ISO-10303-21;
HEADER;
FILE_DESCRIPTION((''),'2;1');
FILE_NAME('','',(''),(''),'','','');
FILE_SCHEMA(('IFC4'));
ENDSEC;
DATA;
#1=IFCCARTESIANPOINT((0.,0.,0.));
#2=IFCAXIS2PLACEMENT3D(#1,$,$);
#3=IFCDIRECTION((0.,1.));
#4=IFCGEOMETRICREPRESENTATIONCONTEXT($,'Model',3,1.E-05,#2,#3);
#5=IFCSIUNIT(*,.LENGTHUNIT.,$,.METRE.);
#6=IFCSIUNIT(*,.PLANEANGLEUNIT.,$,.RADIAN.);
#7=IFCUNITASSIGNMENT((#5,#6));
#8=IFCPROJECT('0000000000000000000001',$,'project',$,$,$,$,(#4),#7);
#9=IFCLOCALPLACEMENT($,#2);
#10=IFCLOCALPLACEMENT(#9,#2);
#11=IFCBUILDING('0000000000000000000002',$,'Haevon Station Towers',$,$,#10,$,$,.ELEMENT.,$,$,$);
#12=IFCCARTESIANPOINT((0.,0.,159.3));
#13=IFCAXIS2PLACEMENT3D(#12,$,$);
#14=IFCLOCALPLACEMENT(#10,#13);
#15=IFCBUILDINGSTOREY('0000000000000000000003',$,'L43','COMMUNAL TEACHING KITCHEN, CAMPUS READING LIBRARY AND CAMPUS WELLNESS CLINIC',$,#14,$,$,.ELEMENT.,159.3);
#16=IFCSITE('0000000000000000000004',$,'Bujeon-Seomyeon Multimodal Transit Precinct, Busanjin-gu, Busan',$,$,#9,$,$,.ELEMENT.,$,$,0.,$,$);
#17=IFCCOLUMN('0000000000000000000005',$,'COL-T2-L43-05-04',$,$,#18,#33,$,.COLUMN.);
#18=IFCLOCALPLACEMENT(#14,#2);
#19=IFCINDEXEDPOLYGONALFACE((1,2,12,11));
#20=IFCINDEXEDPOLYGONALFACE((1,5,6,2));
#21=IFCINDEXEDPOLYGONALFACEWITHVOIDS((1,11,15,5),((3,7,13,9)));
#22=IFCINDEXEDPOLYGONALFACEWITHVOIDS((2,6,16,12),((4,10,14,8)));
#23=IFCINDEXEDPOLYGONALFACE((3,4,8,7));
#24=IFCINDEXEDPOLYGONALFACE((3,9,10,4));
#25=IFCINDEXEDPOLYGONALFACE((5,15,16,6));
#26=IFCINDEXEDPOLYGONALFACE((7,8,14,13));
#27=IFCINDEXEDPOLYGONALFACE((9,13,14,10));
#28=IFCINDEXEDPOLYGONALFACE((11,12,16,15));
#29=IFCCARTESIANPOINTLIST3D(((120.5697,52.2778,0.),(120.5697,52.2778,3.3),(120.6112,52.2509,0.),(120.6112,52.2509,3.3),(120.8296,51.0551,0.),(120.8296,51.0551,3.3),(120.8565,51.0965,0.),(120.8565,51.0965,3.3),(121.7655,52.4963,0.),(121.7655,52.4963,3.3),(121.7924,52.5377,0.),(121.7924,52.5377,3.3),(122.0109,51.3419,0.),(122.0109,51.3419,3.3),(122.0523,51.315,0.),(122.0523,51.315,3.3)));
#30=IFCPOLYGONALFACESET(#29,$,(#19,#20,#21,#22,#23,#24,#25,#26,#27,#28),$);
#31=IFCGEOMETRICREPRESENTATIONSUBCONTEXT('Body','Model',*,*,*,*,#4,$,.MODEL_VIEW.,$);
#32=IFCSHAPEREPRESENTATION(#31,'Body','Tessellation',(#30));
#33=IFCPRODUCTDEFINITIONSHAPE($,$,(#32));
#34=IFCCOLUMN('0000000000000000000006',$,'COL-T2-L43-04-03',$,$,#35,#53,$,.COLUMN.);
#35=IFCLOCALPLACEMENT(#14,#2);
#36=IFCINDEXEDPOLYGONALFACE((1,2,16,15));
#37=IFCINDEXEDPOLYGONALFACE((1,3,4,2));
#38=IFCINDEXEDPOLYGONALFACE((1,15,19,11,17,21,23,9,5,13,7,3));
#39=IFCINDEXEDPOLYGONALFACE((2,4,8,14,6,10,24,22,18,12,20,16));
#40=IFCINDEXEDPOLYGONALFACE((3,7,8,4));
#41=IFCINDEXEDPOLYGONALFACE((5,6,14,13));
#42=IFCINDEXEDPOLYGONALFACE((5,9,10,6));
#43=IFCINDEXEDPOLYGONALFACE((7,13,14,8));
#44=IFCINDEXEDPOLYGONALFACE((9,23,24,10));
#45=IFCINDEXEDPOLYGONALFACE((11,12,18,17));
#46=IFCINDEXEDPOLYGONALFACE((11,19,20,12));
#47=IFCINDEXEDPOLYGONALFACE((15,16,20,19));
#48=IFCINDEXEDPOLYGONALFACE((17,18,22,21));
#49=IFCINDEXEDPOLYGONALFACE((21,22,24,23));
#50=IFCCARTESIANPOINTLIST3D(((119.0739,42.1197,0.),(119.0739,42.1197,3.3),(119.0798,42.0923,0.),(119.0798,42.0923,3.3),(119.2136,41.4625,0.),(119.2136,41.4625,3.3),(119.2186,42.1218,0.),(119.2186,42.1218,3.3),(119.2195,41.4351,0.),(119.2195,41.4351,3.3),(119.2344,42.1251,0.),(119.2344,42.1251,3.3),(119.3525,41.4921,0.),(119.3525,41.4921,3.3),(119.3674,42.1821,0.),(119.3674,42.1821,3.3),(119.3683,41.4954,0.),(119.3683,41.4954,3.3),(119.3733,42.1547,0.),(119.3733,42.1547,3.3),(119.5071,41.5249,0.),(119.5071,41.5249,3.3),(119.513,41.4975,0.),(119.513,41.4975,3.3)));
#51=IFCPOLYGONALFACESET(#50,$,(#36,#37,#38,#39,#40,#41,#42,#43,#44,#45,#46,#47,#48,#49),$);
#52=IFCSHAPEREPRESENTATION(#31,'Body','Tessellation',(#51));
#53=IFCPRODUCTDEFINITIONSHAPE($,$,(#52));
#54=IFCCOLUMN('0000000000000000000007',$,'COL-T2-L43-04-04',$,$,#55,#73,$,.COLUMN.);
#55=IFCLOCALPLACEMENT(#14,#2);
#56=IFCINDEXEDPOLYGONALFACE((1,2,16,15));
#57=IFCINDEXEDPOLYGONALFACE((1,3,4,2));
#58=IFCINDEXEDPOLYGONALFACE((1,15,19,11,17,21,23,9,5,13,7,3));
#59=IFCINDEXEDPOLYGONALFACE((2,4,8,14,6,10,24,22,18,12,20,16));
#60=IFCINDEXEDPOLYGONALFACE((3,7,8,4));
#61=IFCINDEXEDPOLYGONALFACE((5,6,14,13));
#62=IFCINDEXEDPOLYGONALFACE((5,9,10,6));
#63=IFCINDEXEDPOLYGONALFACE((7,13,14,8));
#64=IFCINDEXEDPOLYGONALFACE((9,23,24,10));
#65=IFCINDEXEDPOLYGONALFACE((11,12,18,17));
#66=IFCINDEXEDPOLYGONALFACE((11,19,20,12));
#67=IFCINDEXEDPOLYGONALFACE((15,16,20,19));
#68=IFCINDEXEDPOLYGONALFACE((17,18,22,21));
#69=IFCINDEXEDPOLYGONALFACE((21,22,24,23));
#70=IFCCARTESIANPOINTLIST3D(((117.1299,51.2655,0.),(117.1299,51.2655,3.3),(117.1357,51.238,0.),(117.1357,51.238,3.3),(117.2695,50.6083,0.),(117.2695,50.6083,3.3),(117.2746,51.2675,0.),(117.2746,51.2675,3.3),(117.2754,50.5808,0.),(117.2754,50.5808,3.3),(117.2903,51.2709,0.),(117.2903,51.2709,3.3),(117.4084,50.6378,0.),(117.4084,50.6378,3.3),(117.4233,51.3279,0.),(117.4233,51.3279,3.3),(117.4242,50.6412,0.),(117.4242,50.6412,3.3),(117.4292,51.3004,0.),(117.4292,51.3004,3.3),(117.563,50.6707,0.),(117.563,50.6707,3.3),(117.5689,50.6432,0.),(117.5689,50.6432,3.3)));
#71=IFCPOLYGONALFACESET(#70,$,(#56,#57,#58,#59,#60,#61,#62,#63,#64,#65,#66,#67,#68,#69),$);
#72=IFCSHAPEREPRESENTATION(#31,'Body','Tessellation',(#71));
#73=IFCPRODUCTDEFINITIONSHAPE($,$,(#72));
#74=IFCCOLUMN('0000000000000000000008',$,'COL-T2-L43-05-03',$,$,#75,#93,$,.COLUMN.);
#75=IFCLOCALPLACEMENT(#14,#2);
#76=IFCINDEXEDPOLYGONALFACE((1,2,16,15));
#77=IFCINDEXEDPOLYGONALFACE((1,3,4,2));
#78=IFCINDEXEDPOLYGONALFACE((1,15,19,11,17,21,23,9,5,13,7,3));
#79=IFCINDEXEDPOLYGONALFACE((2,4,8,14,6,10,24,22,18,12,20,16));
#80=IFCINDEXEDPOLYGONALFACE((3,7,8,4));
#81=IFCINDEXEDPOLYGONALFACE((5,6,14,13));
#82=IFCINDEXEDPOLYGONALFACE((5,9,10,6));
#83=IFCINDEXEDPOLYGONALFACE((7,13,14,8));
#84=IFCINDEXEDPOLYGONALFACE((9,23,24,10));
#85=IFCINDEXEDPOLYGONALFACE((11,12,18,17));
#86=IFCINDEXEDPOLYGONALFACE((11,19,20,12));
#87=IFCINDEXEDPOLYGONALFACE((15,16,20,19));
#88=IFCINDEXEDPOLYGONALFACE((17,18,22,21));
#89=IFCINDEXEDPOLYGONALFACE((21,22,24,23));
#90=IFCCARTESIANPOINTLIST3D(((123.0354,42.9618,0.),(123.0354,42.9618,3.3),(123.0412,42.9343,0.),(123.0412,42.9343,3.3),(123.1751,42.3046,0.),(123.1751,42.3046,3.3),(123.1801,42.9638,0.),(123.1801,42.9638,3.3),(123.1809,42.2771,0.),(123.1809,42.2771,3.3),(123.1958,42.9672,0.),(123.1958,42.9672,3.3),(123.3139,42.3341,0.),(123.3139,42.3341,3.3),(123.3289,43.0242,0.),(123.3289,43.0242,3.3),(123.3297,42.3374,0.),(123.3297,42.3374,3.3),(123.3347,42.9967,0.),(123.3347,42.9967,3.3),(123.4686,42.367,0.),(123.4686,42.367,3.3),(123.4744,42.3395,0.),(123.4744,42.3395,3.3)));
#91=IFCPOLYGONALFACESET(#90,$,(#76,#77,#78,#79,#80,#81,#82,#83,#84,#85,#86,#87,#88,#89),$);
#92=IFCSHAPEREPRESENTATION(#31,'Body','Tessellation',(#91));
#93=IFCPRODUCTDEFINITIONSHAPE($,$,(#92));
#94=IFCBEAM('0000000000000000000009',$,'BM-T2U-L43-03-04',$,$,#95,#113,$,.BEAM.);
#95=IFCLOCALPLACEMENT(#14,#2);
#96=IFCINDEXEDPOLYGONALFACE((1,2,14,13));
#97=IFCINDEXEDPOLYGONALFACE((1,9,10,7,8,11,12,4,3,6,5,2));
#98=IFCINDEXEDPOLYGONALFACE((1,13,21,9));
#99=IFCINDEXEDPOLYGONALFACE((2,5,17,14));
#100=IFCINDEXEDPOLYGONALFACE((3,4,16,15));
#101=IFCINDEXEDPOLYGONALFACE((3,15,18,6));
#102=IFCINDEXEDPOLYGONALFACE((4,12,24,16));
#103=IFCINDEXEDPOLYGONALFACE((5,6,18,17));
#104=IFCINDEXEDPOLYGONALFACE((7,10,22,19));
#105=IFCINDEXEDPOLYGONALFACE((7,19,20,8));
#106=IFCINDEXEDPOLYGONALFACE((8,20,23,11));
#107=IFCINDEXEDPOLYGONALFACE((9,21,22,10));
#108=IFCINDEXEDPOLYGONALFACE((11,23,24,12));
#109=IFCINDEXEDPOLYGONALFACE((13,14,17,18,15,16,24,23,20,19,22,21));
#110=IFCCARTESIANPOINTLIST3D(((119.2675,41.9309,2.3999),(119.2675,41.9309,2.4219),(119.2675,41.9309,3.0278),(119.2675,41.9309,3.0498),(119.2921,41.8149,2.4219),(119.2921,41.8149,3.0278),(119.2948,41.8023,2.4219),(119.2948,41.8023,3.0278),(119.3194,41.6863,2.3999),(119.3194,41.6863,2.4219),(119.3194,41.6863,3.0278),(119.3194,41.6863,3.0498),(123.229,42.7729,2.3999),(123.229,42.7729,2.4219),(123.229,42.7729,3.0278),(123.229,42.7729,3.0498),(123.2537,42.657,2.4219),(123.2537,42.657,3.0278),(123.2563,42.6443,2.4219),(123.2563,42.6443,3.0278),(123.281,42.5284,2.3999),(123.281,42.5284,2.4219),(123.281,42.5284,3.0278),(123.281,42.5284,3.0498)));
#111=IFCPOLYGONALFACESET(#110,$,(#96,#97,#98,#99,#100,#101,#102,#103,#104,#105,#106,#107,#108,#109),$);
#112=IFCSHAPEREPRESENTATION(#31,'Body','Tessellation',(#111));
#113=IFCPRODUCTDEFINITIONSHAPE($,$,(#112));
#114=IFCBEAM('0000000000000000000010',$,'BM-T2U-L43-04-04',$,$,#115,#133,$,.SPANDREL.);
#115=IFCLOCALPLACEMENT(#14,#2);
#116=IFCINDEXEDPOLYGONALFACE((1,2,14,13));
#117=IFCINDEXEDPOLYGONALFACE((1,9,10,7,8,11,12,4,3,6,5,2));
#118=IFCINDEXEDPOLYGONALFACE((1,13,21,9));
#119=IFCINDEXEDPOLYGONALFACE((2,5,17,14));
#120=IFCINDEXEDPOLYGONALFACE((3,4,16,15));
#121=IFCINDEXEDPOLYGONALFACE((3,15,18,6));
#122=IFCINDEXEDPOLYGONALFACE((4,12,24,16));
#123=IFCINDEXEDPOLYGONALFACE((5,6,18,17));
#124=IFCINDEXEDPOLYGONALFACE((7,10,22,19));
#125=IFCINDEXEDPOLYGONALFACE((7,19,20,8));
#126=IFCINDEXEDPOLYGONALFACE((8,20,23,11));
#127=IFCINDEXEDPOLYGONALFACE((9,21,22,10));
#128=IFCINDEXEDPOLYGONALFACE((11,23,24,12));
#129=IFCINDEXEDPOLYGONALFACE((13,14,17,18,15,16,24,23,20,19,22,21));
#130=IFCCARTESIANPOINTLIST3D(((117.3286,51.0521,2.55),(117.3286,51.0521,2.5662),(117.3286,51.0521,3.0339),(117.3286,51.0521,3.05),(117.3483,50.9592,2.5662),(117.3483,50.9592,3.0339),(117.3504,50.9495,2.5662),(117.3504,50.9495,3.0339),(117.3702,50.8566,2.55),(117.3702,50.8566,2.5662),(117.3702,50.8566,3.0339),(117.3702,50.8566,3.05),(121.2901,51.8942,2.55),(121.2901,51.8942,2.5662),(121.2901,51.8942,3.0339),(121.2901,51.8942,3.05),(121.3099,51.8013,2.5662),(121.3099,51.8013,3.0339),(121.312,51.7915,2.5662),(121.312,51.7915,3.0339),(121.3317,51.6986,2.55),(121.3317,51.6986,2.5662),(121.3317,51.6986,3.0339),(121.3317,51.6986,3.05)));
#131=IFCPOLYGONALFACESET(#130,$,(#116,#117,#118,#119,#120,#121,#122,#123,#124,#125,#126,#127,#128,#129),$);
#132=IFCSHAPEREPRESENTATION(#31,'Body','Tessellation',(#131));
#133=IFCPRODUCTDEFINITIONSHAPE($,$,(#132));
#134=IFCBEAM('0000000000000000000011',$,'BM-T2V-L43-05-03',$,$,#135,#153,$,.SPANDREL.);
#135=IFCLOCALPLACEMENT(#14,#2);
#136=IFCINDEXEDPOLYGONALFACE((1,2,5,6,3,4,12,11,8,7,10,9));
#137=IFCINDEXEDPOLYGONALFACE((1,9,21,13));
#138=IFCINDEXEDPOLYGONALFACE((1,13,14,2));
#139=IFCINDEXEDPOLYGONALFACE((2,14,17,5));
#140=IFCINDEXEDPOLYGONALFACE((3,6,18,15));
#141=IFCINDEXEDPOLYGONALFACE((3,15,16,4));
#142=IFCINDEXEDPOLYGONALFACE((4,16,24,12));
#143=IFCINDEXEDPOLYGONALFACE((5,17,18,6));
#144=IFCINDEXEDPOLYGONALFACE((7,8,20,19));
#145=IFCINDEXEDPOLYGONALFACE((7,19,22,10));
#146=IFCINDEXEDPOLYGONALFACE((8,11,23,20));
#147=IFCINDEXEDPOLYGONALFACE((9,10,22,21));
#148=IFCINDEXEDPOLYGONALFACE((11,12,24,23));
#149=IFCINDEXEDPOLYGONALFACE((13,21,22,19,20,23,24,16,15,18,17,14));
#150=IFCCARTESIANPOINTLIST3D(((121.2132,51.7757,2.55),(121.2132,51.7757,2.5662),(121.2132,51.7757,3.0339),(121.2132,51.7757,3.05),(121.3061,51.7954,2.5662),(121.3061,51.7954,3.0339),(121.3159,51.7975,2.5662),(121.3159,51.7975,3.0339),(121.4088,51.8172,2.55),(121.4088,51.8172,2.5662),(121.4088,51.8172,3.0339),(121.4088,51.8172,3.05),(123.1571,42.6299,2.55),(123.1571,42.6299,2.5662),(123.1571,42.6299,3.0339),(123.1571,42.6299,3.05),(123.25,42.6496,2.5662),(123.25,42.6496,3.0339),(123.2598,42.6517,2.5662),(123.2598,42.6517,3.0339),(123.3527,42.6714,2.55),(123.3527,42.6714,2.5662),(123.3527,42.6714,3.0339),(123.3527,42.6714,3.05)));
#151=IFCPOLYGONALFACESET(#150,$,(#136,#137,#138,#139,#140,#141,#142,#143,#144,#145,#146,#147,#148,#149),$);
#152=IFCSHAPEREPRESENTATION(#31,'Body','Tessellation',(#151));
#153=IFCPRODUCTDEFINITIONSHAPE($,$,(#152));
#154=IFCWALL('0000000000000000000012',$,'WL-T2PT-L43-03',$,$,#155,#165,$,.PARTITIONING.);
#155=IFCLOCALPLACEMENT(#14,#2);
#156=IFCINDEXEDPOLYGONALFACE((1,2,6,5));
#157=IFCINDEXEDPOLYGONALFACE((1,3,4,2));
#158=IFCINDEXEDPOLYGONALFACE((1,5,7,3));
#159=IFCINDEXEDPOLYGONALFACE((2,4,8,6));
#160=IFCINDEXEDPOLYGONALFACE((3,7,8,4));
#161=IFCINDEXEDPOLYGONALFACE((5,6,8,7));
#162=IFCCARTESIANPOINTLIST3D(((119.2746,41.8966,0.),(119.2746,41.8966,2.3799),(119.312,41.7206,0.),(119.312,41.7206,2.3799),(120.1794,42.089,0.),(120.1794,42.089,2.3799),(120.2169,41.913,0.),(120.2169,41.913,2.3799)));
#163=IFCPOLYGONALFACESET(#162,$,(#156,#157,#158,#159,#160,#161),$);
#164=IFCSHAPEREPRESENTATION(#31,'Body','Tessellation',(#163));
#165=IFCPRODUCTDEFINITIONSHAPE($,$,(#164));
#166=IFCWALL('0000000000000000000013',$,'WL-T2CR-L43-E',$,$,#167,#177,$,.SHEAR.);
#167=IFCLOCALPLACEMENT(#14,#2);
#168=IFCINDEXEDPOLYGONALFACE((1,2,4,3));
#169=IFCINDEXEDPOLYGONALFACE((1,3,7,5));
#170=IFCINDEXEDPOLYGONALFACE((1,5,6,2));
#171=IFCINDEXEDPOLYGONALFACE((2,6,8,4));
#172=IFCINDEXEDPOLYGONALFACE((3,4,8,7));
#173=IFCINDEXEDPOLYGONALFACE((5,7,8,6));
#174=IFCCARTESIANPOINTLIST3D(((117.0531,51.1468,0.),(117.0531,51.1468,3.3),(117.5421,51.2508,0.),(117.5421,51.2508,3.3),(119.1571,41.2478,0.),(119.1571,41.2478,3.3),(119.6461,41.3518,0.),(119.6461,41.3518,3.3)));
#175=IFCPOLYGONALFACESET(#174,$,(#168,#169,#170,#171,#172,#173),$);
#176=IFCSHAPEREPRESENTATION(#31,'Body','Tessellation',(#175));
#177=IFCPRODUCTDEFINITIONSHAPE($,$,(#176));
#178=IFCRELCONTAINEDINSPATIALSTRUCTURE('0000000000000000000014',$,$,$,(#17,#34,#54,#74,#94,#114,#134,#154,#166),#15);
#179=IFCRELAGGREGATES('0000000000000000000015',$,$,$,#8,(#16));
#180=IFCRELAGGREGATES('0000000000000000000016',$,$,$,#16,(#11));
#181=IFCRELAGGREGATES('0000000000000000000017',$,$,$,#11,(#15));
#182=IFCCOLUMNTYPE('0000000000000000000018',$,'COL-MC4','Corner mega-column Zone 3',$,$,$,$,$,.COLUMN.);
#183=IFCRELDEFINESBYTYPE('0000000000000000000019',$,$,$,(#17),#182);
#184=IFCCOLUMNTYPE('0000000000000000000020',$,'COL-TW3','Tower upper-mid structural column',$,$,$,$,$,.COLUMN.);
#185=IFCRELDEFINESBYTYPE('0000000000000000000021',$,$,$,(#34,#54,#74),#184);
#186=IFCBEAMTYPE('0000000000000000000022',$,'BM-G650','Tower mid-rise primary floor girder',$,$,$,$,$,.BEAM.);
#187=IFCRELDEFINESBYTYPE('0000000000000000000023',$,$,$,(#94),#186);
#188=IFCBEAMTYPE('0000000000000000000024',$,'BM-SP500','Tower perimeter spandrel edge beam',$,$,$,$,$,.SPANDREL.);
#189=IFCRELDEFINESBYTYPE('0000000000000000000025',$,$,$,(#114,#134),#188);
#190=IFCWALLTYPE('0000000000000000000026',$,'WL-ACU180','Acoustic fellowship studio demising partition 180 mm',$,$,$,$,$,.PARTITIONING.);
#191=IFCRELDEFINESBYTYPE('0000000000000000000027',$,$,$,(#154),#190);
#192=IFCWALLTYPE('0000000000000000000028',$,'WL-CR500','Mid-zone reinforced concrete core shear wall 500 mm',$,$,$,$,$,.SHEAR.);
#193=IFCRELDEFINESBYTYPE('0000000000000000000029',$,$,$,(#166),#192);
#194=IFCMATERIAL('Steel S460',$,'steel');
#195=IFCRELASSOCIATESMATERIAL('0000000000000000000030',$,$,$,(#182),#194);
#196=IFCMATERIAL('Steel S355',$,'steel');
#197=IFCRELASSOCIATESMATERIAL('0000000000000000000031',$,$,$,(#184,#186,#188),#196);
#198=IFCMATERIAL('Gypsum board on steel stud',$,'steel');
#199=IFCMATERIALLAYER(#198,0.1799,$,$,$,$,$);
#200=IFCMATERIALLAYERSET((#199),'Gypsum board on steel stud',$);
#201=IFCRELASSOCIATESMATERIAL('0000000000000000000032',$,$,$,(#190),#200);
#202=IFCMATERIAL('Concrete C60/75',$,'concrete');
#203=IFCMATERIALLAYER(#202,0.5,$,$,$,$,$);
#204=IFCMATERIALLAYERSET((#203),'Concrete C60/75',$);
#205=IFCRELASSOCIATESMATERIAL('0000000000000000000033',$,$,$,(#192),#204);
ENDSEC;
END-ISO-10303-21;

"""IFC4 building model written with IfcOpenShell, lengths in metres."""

from ifc_helpers import new_model, si_unit, direction, frame, frame_2d, origin, origin_2d, place, context, subcontext, project, spatial, rectangle, hollow_rectangle, i_section, extrude, material, layer, layer_set, material_profile, profile_set, type_object, element, save


model = new_model("IFC4")

# Units and contexts
model_context = context("Model", 3, precision=1e-05, world=origin(), true_north=direction((0.0, 1.0)))
body_context = subcontext(model_context, "Body", "Model", "MODEL_VIEW")
ifc_project = project(units=[si_unit("LENGTHUNIT", "METRE"), si_unit("PLANEANGLEUNIT", "RADIAN")], contexts=[model_context])

# Site, building, storey
site_placement = place(None, origin())
site = spatial("IfcSite", under=ifc_project, at=site_placement, Name="Bujeon-Seomyeon Multimodal Transit Precinct, Busanjin-gu, Busan", CompositionType="ELEMENT", RefElevation=0.0)
building_placement = place(site_placement, origin())
building = spatial("IfcBuilding", under=site, at=building_placement, Name="Haevon Station Towers", CompositionType="ELEMENT")
storey_placement = place(building_placement, frame((0.0, 0.0, 159.3)))
storey = spatial("IfcBuildingStorey", under=building, at=storey_placement, Name="L43", Description="COMMUNAL TEACHING KITCHEN, CAMPUS READING LIBRARY AND CAMPUS WELLNESS CLINIC", CompositionType="ELEMENT", Elevation=159.3)

# Columns
ifc_material_1 = material(Name="Steel S460", Category="steel")
ifc_material_profile_1 = material_profile(ifc_material_1, hollow_rectangle(XDim=1.25, YDim=1.25, WallThickness=0.0349, at=origin_2d()), Name="BOX-1250x1250x35")
ifc_profile_set_1 = profile_set([ifc_material_profile_1], Name="Steel S460")
column_type_1 = type_object("IfcColumnType", Name="COL-MC4", Description="Corner mega-column Zone 3", PredefinedType="COLUMN", material=ifc_profile_set_1)
column_placement = place(storey_placement, frame((121.311, 51.7964, 0.0), z_axis=(0.0, 0.0, 1.0), x_axis=(0.978148, 0.207912, 0.0)))
element("IfcColumn", 1, at=column_placement, inside=storey, type_object=column_type_1, Name="COL-T2-L43-05-04", PredefinedType="COLUMN", context=body_context, shape_type="SweptSolid", body=[
    extrude(hollow_rectangle(XDim=1.25, YDim=1.25, WallThickness=0.0349, at=origin_2d()), origin(), (0.0, 0.0, 1.0), 3.3),
])
ifc_material_2 = material(Name="Steel S355", Category="steel")
ifc_material_profile_2 = material_profile(ifc_material_2, i_section(OverallWidth=0.3, OverallDepth=0.7, WebThickness=0.0161, FlangeThickness=0.0281, at=origin_2d()), Name="H-700x300x16x28")
ifc_profile_set_2 = profile_set([ifc_material_profile_2], Name="Steel S355")
column_type_2 = type_object("IfcColumnType", Name="COL-TW3", Description="Tower upper-mid structural column", PredefinedType="COLUMN", material=ifc_profile_set_2)
for number, where, z_axis, x_axis, name in (
    (2, (119.2935, 41.8086, 0.0), (0.0, 0.0, 1.0), (0.978148, 0.207912, 0.0), "COL-T2-L43-04-03"),
    (3, (117.3494, 50.9543, 0.0), (0.0, 0.0, 1.0), (0.978148, 0.207912, 0.0), "COL-T2-L43-04-04"),
    (4, (123.2549, 42.6506, 0.0), (0.0, 0.0, 1.0), (0.978148, 0.207912, 0.0), "COL-T2-L43-05-03"),
):
    element("IfcColumn", number, at=place(storey_placement, frame(where, z_axis=z_axis, x_axis=x_axis)), inside=storey, type_object=column_type_2, Name=name, PredefinedType="COLUMN", context=body_context, shape_type="SweptSolid", body=[
        extrude(i_section(OverallWidth=0.3, OverallDepth=0.7, WebThickness=0.0161, FlangeThickness=0.0281, at=origin_2d()), origin(), (0.0, 0.0, 1.0), 3.3),
    ])

# Beams
ifc_material_profile_3 = material_profile(ifc_material_2, i_section(OverallWidth=0.25, OverallDepth=0.6499, WebThickness=0.0129, FlangeThickness=0.022, at=origin_2d()), Name="H-650x250x13x22")
ifc_profile_set_3 = profile_set([ifc_material_profile_3], Name="Steel S355")
beam_type_1 = type_object("IfcBeamType", Name="BM-G650", Description="Tower mid-rise primary floor girder", PredefinedType="BEAM", material=ifc_profile_set_3)
beam_1_placement = place(storey_placement, frame((119.2935, 41.8086, 2.7249), z_axis=(0.978147, 0.207915, 0.0), x_axis=(-0.207915, 0.978147, 0.0)))
element("IfcBeam", 5, at=beam_1_placement, inside=storey, type_object=beam_type_1, Name="BM-T2U-L43-03-04", PredefinedType="BEAM", context=body_context, shape_type="SweptSolid", body=[
    extrude(i_section(OverallWidth=0.25, OverallDepth=0.6499, WebThickness=0.0129, FlangeThickness=0.022, at=origin_2d()), origin(), (0.0, 0.0, 1.0), 4.05),
])
ifc_material_profile_4 = material_profile(ifc_material_2, i_section(OverallWidth=0.2, OverallDepth=0.5, WebThickness=0.01, FlangeThickness=0.0161, at=origin_2d()), Name="H-500x200x10x16")
ifc_profile_set_4 = profile_set([ifc_material_profile_4], Name="Steel S355")
beam_type_2 = type_object("IfcBeamType", Name="BM-SP500", Description="Tower perimeter spandrel edge beam", PredefinedType="SPANDREL", material=ifc_profile_set_4)
beam_2_placement = place(storey_placement, frame((117.3494, 50.9543, 2.8), z_axis=(0.97815, 0.207903, 0.0), x_axis=(-0.207903, 0.97815, 0.0)))
element("IfcBeam", 6, at=beam_2_placement, inside=storey, type_object=beam_type_2, Name="BM-T2U-L43-04-04", PredefinedType="SPANDREL", context=body_context, shape_type="SweptSolid", body=[
    extrude(i_section(OverallWidth=0.2, OverallDepth=0.5, WebThickness=0.01, FlangeThickness=0.0161, at=origin_2d()), origin(), (0.0, 0.0, 1.0), 4.05),
])
beam_3_placement = place(storey_placement, frame((123.2549, 42.6506, 2.8), z_axis=(-0.207897, 0.978151, 0.0), x_axis=(-0.978151, -0.207897, 0.0)))
element("IfcBeam", 7, at=beam_3_placement, inside=storey, type_object=beam_type_2, Name="BM-T2V-L43-05-03", PredefinedType="SPANDREL", context=body_context, shape_type="SweptSolid", body=[
    extrude(i_section(OverallWidth=0.2, OverallDepth=0.5, WebThickness=0.01, FlangeThickness=0.0161, at=origin_2d()), origin(), (0.0, 0.0, 1.0), 9.3501),
])

# Walls
ifc_material_3 = material(Name="Gypsum board on steel stud", Category="steel")
ifc_layer_1 = layer(ifc_material_3, 0.1799)
ifc_layer_set_1 = layer_set([ifc_layer_1], Name="Gypsum board on steel stud")
wall_type_1 = type_object("IfcWallType", Name="WL-ACU180", Description="Acoustic fellowship studio demising partition 180 mm", PredefinedType="PARTITIONING", material=ifc_layer_set_1)
wall_1_placement = place(storey_placement, frame((119.2935, 41.8086, 0.0), z_axis=(0.0, 0.0, 1.0), x_axis=(0.978133, 0.207979, 0.0)))
element("IfcWall", 8, at=wall_1_placement, inside=storey, type_object=wall_type_1, Name="WL-T2PT-L43-03", PredefinedType="PARTITIONING", context=body_context, shape_type="SweptSolid", body=[
    extrude(rectangle(XDim=0.925, YDim=0.1799, at=frame_2d((0.4624, 0.0))), origin(), (0.0, 0.0, 1.0), 2.3799),
])
ifc_material_4 = material(Name="Concrete C60/75", Category="concrete")
ifc_layer_2 = layer(ifc_material_4, 0.5)
ifc_layer_set_2 = layer_set([ifc_layer_2], Name="Concrete C60/75")
wall_type_2 = type_object("IfcWallType", Name="WL-CR500", Description="Mid-zone reinforced concrete core shear wall 500 mm", PredefinedType="SHEAR", material=ifc_layer_set_2)
wall_2_placement = place(storey_placement, frame((119.4016, 41.2998, 0.0), z_axis=(0.0, 0.0, 1.0), x_axis=(-0.207904, 0.978149, 0.0)))
element("IfcWall", 9, at=wall_2_placement, inside=storey, type_object=wall_type_2, Name="WL-T2CR-L43-E", PredefinedType="SHEAR", context=body_context, shape_type="SweptSolid", body=[
    extrude(rectangle(XDim=10.1201, YDim=0.5, at=frame_2d((5.0601, 0.0))), origin(), (0.0, 0.0, 1.0), 3.3),
])

save(model, "model.ifc")
